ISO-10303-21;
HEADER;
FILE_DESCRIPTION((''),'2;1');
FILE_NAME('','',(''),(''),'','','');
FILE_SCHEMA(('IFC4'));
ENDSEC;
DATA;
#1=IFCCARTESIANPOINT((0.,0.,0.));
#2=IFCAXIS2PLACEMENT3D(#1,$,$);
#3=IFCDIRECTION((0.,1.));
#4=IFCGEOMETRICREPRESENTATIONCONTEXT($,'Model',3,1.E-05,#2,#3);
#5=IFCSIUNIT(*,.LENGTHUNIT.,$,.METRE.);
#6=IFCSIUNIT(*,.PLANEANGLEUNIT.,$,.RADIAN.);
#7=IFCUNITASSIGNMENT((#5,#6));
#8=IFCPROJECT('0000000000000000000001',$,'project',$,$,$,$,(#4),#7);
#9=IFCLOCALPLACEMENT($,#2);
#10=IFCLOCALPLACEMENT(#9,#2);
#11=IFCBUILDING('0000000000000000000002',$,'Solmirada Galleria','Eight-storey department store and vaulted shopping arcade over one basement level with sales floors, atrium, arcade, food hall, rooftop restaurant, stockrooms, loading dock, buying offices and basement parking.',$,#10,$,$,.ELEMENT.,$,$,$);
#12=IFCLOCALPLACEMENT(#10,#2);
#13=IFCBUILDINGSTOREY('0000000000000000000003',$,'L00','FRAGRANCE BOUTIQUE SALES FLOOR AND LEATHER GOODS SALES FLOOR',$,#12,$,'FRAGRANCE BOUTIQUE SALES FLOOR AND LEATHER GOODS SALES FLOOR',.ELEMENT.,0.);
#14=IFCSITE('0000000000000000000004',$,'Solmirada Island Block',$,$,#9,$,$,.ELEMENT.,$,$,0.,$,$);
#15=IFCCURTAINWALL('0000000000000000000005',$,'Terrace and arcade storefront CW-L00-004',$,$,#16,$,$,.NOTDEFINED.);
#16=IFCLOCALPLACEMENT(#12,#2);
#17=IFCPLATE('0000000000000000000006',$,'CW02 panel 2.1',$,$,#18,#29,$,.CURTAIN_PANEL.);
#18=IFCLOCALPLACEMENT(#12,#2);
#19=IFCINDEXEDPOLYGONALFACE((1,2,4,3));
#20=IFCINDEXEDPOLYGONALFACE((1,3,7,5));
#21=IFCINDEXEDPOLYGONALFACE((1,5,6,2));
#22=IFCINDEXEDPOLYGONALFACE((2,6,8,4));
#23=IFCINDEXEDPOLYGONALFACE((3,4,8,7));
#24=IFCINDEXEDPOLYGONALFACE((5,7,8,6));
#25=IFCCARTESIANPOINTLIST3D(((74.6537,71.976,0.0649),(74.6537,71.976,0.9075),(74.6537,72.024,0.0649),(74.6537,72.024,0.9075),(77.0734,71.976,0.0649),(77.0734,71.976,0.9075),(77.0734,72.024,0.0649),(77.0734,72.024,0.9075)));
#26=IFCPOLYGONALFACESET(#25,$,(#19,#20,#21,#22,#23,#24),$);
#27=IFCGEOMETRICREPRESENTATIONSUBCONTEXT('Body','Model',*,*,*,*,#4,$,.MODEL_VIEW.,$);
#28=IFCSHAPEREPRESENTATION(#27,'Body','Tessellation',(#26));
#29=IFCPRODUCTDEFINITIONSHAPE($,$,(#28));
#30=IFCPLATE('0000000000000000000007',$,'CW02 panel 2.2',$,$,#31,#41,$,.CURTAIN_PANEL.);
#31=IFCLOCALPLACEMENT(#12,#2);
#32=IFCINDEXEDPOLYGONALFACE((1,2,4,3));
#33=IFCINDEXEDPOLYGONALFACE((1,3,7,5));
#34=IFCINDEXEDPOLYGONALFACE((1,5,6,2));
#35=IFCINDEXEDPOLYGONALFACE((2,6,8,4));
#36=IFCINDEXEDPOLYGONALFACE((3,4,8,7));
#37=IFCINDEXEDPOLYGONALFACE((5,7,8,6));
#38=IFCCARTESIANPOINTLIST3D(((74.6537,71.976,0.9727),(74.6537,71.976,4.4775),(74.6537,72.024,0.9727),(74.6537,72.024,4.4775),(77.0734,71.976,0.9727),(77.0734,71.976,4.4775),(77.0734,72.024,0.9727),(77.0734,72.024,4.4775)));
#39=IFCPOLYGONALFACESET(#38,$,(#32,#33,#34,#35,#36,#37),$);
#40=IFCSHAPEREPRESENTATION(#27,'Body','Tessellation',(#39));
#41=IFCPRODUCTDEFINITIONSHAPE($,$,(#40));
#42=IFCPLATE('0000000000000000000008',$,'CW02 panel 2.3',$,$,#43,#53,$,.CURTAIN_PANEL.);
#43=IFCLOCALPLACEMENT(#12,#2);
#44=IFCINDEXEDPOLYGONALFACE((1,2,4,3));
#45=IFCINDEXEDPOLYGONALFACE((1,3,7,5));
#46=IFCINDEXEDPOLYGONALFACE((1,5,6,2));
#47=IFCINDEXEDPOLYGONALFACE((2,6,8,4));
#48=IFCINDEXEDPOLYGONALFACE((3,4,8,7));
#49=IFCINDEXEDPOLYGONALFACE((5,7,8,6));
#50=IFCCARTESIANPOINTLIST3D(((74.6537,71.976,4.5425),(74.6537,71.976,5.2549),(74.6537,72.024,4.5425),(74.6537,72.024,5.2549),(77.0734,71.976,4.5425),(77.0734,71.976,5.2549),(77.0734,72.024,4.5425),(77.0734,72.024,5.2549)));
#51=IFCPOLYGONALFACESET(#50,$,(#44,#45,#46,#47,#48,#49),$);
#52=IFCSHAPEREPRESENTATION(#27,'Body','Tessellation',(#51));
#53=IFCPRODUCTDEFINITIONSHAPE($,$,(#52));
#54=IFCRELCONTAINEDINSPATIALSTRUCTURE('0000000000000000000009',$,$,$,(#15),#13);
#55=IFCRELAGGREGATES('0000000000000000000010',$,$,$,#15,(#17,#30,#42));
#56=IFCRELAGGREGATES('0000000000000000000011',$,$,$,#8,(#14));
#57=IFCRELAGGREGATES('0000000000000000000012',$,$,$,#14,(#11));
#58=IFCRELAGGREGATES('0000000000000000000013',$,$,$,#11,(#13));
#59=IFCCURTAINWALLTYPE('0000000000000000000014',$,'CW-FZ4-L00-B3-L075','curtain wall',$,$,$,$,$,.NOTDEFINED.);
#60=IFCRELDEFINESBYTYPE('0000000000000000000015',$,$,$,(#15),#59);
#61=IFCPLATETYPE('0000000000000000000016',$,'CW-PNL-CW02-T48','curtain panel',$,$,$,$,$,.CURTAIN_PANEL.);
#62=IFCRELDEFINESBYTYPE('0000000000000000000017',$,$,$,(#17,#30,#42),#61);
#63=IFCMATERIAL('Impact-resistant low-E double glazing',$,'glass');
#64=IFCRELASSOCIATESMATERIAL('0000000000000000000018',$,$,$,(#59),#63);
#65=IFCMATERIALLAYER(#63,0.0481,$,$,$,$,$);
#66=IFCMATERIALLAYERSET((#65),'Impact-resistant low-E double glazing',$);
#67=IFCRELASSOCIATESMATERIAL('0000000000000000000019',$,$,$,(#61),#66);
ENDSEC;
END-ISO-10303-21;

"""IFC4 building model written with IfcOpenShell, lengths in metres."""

from ifc_helpers import new_model, si_unit, direction, frame, origin, origin_2d, place, context, subcontext, project, spatial, rectangle, extrude, material, layer, layer_set, type_object, element, aggregate, save


model = new_model("IFC4")

# Units and contexts
model_context = context("Model", 3, precision=1e-05, world=origin(), true_north=direction((0.0, 1.0)))
body_context = subcontext(model_context, "Body", "Model", "MODEL_VIEW")
ifc_project = project(units=[si_unit("LENGTHUNIT", "METRE"), si_unit("PLANEANGLEUNIT", "RADIAN")], contexts=[model_context])

# Site, building, storey
site_placement = place(None, origin())
site = spatial("IfcSite", under=ifc_project, at=site_placement, Name="Solmirada Island Block", CompositionType="ELEMENT", RefElevation=0.0)
building_placement = place(site_placement, origin())
building = spatial("IfcBuilding", under=site, at=building_placement, Name="Solmirada Galleria", Description="Eight-storey department store and vaulted shopping arcade over one basement level with sales floors, atrium, arcade, food hall, rooftop restaurant, stockrooms, loading dock, buying offices and basement parking.", CompositionType="ELEMENT")
storey_placement = place(building_placement, origin())
storey = spatial("IfcBuildingStorey", under=building, at=storey_placement, Name="L00", Description="FRAGRANCE BOUTIQUE SALES FLOOR AND LEATHER GOODS SALES FLOOR", LongName="FRAGRANCE BOUTIQUE SALES FLOOR AND LEATHER GOODS SALES FLOOR", CompositionType="ELEMENT", Elevation=0.0)

# Shared definitions
ifc_material_1 = material(Name="Impact-resistant low-E double glazing", Category="glass")

# Curtain wall
curtain_wall_type_1 = type_object("IfcCurtainWallType", Name="CW-FZ4-L00-B3-L075", Description="curtain wall", PredefinedType="NOTDEFINED", material=ifc_material_1)
curtain_wall_1_placement = place(storey_placement, origin())
curtain_wall_1 = element("IfcCurtainWall", 1, at=curtain_wall_1_placement, inside=storey, type_object=curtain_wall_type_1, Name="Terrace and arcade storefront CW-L00-004", PredefinedType="NOTDEFINED")

# Plates
ifc_layer_1 = layer(ifc_material_1, 0.0481)
ifc_layer_set_1 = layer_set([ifc_layer_1], Name="Impact-resistant low-E double glazing")
plate_type_1 = type_object("IfcPlateType", Name="CW-PNL-CW02-T48", Description="curtain panel", PredefinedType="CURTAIN_PANEL", material=ifc_layer_set_1)
plate_1_placement = place(storey_placement, frame((75.8635, 72.0, 0.0649), z_axis=(0.0, 0.0, 1.0), x_axis=(-1.0, 0.0, 0.0)))
plate_1 = element("IfcPlate", 2, at=plate_1_placement, type_object=plate_type_1, Name="CW02 panel 2.1", PredefinedType="CURTAIN_PANEL", context=body_context, shape_type="SweptSolid", body=[
    extrude(rectangle(XDim=2.4197, YDim=0.0481, at=origin_2d()), origin(), (0.0, 0.0, 1.0), 0.8425),
])
plate_2_placement = place(storey_placement, frame((75.8635, 72.0, 0.9727), z_axis=(0.0, 0.0, 1.0), x_axis=(-1.0, 0.0, 0.0)))
plate_2 = element("IfcPlate", 3, at=plate_2_placement, type_object=plate_type_1, Name="CW02 panel 2.2", PredefinedType="CURTAIN_PANEL", context=body_context, shape_type="SweptSolid", body=[
    extrude(rectangle(XDim=2.4197, YDim=0.0481, at=origin_2d()), origin(), (0.0, 0.0, 1.0), 3.5049),
])
plate_3_placement = place(storey_placement, frame((75.8635, 72.0, 4.5425), z_axis=(0.0, 0.0, 1.0), x_axis=(-1.0, 0.0, 0.0)))
plate_3 = element("IfcPlate", 4, at=plate_3_placement, type_object=plate_type_1, Name="CW02 panel 2.3", PredefinedType="CURTAIN_PANEL", context=body_context, shape_type="SweptSolid", body=[
    extrude(rectangle(XDim=2.4197, YDim=0.0481, at=origin_2d()), origin(), (0.0, 0.0, 1.0), 0.7124),
])
aggregate(curtain_wall_1, [plate_1, plate_2, plate_3])

save(model, "model.ifc")
